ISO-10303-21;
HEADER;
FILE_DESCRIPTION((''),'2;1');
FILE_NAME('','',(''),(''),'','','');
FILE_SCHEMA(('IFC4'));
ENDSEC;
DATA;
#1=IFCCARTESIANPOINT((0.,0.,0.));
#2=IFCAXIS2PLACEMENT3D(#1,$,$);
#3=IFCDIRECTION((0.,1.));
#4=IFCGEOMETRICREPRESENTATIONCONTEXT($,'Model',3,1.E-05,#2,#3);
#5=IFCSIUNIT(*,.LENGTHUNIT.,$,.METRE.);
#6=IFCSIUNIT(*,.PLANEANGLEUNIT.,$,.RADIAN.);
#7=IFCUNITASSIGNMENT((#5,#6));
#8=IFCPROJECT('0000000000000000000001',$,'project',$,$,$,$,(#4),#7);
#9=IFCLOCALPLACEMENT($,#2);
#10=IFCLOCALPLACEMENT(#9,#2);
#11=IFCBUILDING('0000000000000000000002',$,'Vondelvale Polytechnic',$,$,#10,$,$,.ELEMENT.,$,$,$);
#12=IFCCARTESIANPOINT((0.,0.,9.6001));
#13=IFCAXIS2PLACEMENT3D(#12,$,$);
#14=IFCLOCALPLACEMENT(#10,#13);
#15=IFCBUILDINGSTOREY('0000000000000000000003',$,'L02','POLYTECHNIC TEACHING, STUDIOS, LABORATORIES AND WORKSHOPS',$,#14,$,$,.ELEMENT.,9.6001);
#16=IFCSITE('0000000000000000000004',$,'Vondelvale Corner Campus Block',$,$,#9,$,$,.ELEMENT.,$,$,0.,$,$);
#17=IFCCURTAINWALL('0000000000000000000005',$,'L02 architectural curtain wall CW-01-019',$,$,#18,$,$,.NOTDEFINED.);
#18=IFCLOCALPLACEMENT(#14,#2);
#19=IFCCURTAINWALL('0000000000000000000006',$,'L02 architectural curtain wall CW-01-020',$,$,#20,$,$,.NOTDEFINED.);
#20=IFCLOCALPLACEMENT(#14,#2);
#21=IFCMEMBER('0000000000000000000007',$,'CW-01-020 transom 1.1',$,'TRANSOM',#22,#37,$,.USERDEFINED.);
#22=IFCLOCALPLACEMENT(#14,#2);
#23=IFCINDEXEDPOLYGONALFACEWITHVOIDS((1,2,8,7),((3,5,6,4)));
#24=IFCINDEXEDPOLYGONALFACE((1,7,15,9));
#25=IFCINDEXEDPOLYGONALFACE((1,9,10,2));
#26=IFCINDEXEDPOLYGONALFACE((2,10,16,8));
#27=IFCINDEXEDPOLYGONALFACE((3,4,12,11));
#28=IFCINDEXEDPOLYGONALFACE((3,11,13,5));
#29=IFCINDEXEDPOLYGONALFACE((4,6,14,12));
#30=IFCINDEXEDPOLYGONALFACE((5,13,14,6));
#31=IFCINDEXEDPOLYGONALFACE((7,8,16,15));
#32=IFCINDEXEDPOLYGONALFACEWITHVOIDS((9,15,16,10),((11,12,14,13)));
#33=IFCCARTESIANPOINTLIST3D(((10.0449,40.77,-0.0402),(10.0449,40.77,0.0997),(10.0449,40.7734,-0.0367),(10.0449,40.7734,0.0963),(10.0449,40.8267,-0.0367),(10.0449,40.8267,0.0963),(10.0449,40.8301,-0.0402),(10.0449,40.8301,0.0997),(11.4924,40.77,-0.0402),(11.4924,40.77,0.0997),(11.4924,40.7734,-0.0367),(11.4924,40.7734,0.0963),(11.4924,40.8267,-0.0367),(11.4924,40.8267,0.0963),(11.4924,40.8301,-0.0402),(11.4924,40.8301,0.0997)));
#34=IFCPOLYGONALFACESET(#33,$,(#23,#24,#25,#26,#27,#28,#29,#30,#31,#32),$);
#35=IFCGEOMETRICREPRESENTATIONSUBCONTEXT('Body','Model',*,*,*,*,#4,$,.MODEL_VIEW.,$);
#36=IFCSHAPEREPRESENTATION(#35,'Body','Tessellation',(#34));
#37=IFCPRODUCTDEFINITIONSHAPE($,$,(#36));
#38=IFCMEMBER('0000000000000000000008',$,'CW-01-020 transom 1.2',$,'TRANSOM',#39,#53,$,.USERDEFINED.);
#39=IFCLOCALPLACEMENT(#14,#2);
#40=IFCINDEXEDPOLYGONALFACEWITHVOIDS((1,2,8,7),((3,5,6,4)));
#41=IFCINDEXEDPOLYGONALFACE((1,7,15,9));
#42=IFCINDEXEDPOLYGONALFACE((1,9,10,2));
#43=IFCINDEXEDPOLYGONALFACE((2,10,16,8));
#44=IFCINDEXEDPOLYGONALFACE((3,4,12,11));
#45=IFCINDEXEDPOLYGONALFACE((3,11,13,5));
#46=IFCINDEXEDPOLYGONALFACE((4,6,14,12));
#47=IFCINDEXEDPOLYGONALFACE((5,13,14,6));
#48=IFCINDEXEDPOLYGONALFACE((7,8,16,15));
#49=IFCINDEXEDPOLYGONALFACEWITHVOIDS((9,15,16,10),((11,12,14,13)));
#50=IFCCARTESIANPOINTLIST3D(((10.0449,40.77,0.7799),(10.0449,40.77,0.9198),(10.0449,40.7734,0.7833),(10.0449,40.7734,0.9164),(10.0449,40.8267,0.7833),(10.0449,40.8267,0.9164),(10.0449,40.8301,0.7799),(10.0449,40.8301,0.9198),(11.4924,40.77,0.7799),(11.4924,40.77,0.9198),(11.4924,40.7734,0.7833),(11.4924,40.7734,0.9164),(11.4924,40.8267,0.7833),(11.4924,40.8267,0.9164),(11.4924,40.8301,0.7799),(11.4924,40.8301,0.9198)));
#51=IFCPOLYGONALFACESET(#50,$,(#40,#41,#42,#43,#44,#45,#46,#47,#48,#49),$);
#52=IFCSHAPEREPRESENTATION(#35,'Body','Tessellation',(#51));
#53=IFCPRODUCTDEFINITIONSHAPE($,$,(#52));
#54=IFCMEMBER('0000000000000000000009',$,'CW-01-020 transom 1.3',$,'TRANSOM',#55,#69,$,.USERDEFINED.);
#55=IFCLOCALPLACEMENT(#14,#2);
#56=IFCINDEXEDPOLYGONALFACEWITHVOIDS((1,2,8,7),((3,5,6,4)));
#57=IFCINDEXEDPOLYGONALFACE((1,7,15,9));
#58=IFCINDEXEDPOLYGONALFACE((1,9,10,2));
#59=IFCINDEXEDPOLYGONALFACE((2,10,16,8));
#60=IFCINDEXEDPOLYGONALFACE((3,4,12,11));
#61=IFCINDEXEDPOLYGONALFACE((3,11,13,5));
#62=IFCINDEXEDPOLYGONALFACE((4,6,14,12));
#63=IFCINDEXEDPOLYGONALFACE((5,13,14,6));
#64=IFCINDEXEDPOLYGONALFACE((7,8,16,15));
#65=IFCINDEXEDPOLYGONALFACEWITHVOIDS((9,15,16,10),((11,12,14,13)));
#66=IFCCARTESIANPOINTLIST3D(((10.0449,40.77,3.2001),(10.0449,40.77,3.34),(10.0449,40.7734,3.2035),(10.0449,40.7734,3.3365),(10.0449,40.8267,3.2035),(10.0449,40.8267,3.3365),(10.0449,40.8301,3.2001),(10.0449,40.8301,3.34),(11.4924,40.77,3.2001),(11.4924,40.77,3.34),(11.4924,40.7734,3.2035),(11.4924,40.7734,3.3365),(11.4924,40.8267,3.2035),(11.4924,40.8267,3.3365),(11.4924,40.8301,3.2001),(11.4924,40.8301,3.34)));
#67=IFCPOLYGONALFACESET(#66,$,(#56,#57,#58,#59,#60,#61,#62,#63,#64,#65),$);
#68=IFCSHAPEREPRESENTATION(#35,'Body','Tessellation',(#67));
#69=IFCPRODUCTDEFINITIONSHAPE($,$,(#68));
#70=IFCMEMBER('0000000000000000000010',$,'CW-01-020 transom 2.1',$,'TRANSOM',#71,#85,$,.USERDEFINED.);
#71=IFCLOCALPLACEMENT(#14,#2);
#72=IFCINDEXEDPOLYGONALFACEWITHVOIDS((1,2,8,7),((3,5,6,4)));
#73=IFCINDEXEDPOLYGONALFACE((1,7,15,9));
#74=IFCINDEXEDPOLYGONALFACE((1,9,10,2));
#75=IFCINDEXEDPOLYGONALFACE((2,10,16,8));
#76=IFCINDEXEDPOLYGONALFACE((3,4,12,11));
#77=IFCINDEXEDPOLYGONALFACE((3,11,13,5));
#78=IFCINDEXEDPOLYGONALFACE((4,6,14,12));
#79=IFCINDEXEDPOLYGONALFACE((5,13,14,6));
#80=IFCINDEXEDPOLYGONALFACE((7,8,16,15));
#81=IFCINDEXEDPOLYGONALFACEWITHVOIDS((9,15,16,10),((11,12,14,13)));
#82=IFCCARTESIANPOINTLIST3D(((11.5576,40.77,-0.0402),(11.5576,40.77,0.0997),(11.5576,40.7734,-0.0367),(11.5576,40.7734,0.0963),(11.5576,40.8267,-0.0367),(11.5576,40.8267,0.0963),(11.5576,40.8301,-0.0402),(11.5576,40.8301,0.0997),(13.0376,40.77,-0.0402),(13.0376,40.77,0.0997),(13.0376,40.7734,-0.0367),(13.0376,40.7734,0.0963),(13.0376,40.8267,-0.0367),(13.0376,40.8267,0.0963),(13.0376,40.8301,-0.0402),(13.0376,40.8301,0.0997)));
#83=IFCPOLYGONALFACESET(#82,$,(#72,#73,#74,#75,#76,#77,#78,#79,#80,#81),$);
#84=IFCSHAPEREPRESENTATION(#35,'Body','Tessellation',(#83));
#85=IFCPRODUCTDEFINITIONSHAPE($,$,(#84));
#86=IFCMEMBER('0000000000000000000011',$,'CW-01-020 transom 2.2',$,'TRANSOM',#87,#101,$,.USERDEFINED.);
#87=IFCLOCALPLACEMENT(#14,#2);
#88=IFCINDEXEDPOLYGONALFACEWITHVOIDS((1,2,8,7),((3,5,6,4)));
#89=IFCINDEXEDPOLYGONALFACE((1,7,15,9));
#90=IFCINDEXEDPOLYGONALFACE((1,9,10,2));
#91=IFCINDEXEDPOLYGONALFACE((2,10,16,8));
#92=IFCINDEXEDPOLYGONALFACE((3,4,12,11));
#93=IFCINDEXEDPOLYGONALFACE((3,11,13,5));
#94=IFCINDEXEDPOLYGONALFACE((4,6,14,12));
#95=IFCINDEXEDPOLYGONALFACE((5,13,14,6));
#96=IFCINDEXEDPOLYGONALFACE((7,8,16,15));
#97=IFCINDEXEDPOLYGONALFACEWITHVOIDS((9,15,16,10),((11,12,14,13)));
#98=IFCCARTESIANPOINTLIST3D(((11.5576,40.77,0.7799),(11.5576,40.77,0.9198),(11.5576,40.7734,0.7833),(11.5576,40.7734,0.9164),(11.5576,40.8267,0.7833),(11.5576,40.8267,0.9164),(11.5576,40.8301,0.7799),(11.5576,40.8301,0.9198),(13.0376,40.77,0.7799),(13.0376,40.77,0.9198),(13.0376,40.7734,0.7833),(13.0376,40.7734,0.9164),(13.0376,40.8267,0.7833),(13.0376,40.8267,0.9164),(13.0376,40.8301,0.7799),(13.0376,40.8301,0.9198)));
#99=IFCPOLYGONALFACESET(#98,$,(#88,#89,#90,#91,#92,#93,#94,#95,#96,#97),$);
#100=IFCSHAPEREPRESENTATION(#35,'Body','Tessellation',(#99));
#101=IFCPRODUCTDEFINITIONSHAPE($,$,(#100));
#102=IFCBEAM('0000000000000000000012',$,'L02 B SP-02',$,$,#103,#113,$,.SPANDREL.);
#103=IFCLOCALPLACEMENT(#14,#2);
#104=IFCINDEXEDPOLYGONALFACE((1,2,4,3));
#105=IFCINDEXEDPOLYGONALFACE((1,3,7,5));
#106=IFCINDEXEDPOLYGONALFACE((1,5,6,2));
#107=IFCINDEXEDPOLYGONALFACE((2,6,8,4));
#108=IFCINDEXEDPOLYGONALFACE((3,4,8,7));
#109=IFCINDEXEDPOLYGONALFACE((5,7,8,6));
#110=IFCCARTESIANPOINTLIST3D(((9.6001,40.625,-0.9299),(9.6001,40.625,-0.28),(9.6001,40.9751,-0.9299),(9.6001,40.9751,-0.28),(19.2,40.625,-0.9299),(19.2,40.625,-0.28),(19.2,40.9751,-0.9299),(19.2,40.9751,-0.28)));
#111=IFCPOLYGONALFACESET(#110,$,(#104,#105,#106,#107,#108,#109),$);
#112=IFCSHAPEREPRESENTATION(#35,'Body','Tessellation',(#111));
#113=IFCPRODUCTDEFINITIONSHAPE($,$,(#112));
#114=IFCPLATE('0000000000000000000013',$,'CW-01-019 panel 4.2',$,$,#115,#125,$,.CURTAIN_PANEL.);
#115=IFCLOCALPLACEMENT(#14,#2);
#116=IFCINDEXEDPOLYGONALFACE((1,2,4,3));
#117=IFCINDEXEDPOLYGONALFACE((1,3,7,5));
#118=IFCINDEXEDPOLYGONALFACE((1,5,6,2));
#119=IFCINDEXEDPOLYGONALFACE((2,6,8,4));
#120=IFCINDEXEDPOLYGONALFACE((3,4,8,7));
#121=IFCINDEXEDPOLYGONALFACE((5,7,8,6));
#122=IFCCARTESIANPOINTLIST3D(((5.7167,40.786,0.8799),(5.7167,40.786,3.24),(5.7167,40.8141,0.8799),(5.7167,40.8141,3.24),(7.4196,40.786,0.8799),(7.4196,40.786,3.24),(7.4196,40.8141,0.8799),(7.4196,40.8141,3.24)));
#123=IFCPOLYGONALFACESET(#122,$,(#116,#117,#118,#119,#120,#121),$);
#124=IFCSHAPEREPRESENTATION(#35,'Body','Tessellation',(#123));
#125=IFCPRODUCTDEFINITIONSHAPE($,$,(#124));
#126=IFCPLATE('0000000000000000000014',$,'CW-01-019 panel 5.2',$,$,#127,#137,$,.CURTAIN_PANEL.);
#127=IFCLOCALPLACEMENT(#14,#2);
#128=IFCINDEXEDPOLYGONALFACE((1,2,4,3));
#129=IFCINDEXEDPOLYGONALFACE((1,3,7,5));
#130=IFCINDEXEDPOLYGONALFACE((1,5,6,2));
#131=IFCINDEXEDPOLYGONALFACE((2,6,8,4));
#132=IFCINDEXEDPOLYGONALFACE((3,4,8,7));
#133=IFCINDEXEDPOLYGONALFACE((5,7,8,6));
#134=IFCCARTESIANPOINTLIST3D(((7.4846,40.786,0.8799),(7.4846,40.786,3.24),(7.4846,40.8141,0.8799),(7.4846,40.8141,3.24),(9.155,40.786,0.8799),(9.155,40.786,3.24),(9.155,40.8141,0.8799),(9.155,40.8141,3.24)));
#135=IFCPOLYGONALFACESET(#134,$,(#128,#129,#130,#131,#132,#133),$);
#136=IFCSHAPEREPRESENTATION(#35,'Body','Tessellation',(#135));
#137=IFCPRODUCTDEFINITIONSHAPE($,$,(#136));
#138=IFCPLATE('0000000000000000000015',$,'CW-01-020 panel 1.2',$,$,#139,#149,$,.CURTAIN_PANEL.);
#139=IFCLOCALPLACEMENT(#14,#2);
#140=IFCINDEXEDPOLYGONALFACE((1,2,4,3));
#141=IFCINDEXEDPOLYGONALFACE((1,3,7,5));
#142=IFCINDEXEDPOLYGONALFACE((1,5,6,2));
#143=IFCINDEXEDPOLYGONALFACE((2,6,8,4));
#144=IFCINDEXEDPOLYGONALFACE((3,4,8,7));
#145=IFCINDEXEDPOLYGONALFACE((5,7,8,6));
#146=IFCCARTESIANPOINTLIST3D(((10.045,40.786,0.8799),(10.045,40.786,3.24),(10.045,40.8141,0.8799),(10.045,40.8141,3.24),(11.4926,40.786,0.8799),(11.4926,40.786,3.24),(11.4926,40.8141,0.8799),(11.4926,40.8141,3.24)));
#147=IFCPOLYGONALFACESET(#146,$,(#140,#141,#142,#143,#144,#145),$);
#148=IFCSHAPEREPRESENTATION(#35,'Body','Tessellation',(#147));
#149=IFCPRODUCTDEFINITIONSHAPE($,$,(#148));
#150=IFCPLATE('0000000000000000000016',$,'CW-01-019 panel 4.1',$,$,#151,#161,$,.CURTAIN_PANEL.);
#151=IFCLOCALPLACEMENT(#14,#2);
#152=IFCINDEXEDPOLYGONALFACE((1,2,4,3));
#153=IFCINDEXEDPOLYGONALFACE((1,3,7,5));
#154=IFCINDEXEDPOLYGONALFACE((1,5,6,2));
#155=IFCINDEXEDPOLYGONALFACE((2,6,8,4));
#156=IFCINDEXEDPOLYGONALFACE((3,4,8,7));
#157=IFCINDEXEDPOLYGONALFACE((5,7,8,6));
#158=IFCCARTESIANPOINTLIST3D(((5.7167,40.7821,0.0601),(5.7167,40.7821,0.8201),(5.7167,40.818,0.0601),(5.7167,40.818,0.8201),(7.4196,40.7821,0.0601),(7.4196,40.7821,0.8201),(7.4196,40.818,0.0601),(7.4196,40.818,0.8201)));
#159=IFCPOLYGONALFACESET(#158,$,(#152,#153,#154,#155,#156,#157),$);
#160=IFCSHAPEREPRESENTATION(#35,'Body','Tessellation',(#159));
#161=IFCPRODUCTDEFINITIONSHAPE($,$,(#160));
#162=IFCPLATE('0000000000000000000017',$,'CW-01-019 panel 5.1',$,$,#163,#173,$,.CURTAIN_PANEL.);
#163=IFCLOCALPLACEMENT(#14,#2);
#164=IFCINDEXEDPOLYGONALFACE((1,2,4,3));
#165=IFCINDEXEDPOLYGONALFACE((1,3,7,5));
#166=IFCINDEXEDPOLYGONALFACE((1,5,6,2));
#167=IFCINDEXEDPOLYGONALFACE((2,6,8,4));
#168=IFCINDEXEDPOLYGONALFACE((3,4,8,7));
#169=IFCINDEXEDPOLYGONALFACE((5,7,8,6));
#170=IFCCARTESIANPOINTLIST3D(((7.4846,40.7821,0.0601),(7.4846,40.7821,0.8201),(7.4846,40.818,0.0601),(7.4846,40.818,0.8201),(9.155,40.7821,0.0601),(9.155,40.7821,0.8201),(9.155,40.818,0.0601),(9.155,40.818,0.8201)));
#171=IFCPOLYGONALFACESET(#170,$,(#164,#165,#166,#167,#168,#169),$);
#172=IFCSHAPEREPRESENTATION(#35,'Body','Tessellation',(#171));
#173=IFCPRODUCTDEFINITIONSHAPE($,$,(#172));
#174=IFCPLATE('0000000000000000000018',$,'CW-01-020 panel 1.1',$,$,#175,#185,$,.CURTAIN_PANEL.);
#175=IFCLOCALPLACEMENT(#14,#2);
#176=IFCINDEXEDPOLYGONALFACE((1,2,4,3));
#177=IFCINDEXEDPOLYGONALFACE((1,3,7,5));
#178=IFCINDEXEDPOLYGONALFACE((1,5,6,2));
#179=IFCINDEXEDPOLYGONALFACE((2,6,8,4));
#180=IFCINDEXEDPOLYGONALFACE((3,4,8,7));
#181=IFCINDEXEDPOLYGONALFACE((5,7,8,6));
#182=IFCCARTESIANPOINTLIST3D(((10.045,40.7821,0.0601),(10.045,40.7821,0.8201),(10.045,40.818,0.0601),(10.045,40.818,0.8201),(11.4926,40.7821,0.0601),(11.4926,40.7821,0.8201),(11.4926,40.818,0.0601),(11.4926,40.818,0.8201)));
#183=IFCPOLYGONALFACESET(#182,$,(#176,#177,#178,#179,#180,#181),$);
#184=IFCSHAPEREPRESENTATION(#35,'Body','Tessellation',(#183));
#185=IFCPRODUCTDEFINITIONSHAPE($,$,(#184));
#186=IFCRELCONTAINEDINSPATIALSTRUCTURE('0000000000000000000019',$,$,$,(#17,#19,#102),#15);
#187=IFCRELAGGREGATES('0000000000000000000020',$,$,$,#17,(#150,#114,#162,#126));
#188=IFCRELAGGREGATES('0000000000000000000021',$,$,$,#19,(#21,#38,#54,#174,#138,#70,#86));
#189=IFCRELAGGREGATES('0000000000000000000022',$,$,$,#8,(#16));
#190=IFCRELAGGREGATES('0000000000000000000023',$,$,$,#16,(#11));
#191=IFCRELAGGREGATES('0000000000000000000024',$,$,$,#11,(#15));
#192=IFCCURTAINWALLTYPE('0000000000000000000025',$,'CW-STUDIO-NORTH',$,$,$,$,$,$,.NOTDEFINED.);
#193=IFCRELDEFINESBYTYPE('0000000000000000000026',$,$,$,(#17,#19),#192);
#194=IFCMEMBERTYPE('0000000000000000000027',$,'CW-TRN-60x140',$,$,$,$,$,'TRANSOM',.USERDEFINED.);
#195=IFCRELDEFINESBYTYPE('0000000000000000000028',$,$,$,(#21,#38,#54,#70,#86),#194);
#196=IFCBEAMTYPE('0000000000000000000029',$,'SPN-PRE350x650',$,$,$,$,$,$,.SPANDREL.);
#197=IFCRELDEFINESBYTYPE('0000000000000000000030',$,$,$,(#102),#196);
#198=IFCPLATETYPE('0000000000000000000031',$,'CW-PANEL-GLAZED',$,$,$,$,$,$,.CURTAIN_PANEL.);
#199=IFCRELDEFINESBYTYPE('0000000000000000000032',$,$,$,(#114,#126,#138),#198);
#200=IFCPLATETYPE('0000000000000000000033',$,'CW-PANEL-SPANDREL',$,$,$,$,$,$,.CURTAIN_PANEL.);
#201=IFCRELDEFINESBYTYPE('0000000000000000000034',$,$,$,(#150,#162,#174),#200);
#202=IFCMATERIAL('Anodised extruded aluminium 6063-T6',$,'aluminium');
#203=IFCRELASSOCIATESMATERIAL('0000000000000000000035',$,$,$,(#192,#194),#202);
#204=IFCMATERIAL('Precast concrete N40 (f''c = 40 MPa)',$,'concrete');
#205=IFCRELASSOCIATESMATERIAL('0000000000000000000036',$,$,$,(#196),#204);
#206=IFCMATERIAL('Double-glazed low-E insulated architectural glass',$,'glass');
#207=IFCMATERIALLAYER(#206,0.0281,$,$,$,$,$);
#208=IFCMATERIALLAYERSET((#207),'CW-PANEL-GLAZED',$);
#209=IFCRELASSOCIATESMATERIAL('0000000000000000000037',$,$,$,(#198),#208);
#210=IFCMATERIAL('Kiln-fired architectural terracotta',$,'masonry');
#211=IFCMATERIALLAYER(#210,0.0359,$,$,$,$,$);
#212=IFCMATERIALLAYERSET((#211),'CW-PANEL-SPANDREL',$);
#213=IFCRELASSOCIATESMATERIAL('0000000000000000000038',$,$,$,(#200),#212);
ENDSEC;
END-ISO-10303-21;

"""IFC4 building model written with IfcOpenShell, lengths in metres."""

from ifc_helpers import new_model, si_unit, direction, frame, origin, origin_2d, place, context, subcontext, project, spatial, rectangle, hollow_rectangle, extrude, material, layer, layer_set, material_profile, profile_set, type_object, element, aggregate, save


model = new_model("IFC4")

# Units and contexts
model_context = context("Model", 3, precision=1e-05, world=origin(), true_north=direction((0.0, 1.0)))
body_context = subcontext(model_context, "Body", "Model", "MODEL_VIEW")
ifc_project = project(units=[si_unit("LENGTHUNIT", "METRE"), si_unit("PLANEANGLEUNIT", "RADIAN")], contexts=[model_context])

# Site, building, storey
site_placement = place(None, origin())
site = spatial("IfcSite", under=ifc_project, at=site_placement, Name="Vondelvale Corner Campus Block", CompositionType="ELEMENT", RefElevation=0.0)
building_placement = place(site_placement, origin())
building = spatial("IfcBuilding", under=site, at=building_placement, Name="Vondelvale Polytechnic", CompositionType="ELEMENT")
storey_placement = place(building_placement, frame((0.0, 0.0, 9.6001)))
storey = spatial("IfcBuildingStorey", under=building, at=storey_placement, Name="L02", Description="POLYTECHNIC TEACHING, STUDIOS, LABORATORIES AND WORKSHOPS", CompositionType="ELEMENT", Elevation=9.6001)

# Curtain walls
ifc_material_1 = material(Name="Anodised extruded aluminium 6063-T6", Category="aluminium")
curtain_wall_type = type_object("IfcCurtainWallType", Name="CW-STUDIO-NORTH", PredefinedType="NOTDEFINED", material=ifc_material_1)
curtain_wall_1_placement = place(storey_placement, origin())
curtain_wall_1 = element("IfcCurtainWall", 1, at=curtain_wall_1_placement, inside=storey, type_object=curtain_wall_type, Name="L02 architectural curtain wall CW-01-019", PredefinedType="NOTDEFINED")
curtain_wall_2_placement = place(storey_placement, origin())
curtain_wall_2 = element("IfcCurtainWall", 2, at=curtain_wall_2_placement, inside=storey, type_object=curtain_wall_type, Name="L02 architectural curtain wall CW-01-020", PredefinedType="NOTDEFINED")

# Members
ifc_material_profile_1 = material_profile(ifc_material_1, hollow_rectangle(XDim=0.0601, YDim=0.1399, WallThickness=0.0034, at=origin_2d()), Name="CW-TRN-140x60")
ifc_profile_set_1 = profile_set([ifc_material_profile_1], Name="Anodised extruded aluminium 6063-T6")
member_type_1 = type_object("IfcMemberType", Name="CW-TRN-60x140", ElementType="TRANSOM", PredefinedType="USERDEFINED", material=ifc_profile_set_1)
member_1_placement = place(storey_placement, frame((10.0449, 40.8, 0.0298), z_axis=(1.0, 0.0, 0.0), x_axis=(0.0, 1.0, 0.0)))
member_1 = element("IfcMember", 3, at=member_1_placement, type_object=member_type_1, Name="CW-01-020 transom 1.1", ObjectType="TRANSOM", PredefinedType="USERDEFINED", context=body_context, shape_type="SweptSolid", body=[
    extrude(hollow_rectangle(XDim=0.0601, YDim=0.1399, WallThickness=0.0034, at=origin_2d()), origin(), (0.0, 0.0, 1.0), 1.4475),
])
member_2_placement = place(storey_placement, frame((10.0449, 40.8, 0.8499), z_axis=(1.0, 0.0, 0.0), x_axis=(0.0, 1.0, 0.0)))
member_2 = element("IfcMember", 4, at=member_2_placement, type_object=member_type_1, Name="CW-01-020 transom 1.2", ObjectType="TRANSOM", PredefinedType="USERDEFINED", context=body_context, shape_type="SweptSolid", body=[
    extrude(hollow_rectangle(XDim=0.0601, YDim=0.1399, WallThickness=0.0034, at=origin_2d()), origin(), (0.0, 0.0, 1.0), 1.4475),
])
member_3_placement = place(storey_placement, frame((10.0449, 40.8, 3.27), z_axis=(1.0, 0.0, 0.0), x_axis=(0.0, 1.0, 0.0)))
member_3 = element("IfcMember", 5, at=member_3_placement, type_object=member_type_1, Name="CW-01-020 transom 1.3", ObjectType="TRANSOM", PredefinedType="USERDEFINED", context=body_context, shape_type="SweptSolid", body=[
    extrude(hollow_rectangle(XDim=0.0601, YDim=0.1399, WallThickness=0.0034, at=origin_2d()), origin(), (0.0, 0.0, 1.0), 1.4475),
])
member_4_placement = place(storey_placement, frame((11.5576, 40.8, 0.0298), z_axis=(1.0, 0.0, 0.0), x_axis=(0.0, 1.0, 0.0)))
member_4 = element("IfcMember", 6, at=member_4_placement, type_object=member_type_1, Name="CW-01-020 transom 2.1", ObjectType="TRANSOM", PredefinedType="USERDEFINED", context=body_context, shape_type="SweptSolid", body=[
    extrude(hollow_rectangle(XDim=0.0601, YDim=0.1399, WallThickness=0.0034, at=origin_2d()), origin(), (0.0, 0.0, 1.0), 1.48),
])
member_5_placement = place(storey_placement, frame((11.5576, 40.8, 0.8499), z_axis=(1.0, 0.0, 0.0), x_axis=(0.0, 1.0, 0.0)))
member_5 = element("IfcMember", 7, at=member_5_placement, type_object=member_type_1, Name="CW-01-020 transom 2.2", ObjectType="TRANSOM", PredefinedType="USERDEFINED", context=body_context, shape_type="SweptSolid", body=[
    extrude(hollow_rectangle(XDim=0.0601, YDim=0.1399, WallThickness=0.0034, at=origin_2d()), origin(), (0.0, 0.0, 1.0), 1.48),
])

# Beam
ifc_material_2 = material(Name="Precast concrete N40 (f'c = 40 MPa)", Category="concrete")
ifc_material_profile_2 = material_profile(ifc_material_2, rectangle(XDim=0.3501, YDim=0.6499, at=origin_2d()), Name="RC-SPN-350x650")
ifc_profile_set_2 = profile_set([ifc_material_profile_2], Name="Precast concrete N40 (f'c = 40 MPa)")
beam_type = type_object("IfcBeamType", Name="SPN-PRE350x650", PredefinedType="SPANDREL", material=ifc_profile_set_2)
beam_placement = place(storey_placement, frame((9.6001, 40.8, -0.605), z_axis=(1.0, 0.0, 0.0), x_axis=(0.0, 1.0, 0.0)))
element("IfcBeam", 8, at=beam_placement, inside=storey, type_object=beam_type, Name="L02 B SP-02", PredefinedType="SPANDREL", context=body_context, shape_type="SweptSolid", body=[
    extrude(rectangle(XDim=0.3501, YDim=0.6499, at=origin_2d()), origin(), (0.0, 0.0, 1.0), 9.5999),
])

# Plates
ifc_material_3 = material(Name="Double-glazed low-E insulated architectural glass", Category="glass")
ifc_layer_1 = layer(ifc_material_3, 0.0281)
ifc_layer_set_1 = layer_set([ifc_layer_1], Name="CW-PANEL-GLAZED")
plate_type_1 = type_object("IfcPlateType", Name="CW-PANEL-GLAZED", PredefinedType="CURTAIN_PANEL", material=ifc_layer_set_1)
plate_1_placement = place(storey_placement, frame((6.5681, 40.8, 0.8799), z_axis=(0.0, 0.0, 1.0), x_axis=(1.0, 0.0, 0.0)))
plate_1 = element("IfcPlate", 9, at=plate_1_placement, type_object=plate_type_1, Name="CW-01-019 panel 4.2", PredefinedType="CURTAIN_PANEL", context=body_context, shape_type="SweptSolid", body=[
    extrude(rectangle(XDim=1.7029, YDim=0.0281, at=origin_2d()), origin(), (0.0, 0.0, 1.0), 2.3601),
])
plate_2_placement = place(storey_placement, frame((8.3198, 40.8, 0.8799), z_axis=(0.0, 0.0, 1.0), x_axis=(1.0, 0.0, 0.0)))
plate_2 = element("IfcPlate", 10, at=plate_2_placement, type_object=plate_type_1, Name="CW-01-019 panel 5.2", PredefinedType="CURTAIN_PANEL", context=body_context, shape_type="SweptSolid", body=[
    extrude(rectangle(XDim=1.6704, YDim=0.0281, at=origin_2d()), origin(), (0.0, 0.0, 1.0), 2.3601),
])
plate_3_placement = place(storey_placement, frame((10.7688, 40.8, 0.8799), z_axis=(0.0, 0.0, 1.0), x_axis=(1.0, 0.0, 0.0)))
plate_3 = element("IfcPlate", 11, at=plate_3_placement, type_object=plate_type_1, Name="CW-01-020 panel 1.2", PredefinedType="CURTAIN_PANEL", context=body_context, shape_type="SweptSolid", body=[
    extrude(rectangle(XDim=1.4475, YDim=0.0281, at=origin_2d()), origin(), (0.0, 0.0, 1.0), 2.3601),
])
ifc_material_4 = material(Name="Kiln-fired architectural terracotta", Category="masonry")
ifc_layer_2 = layer(ifc_material_4, 0.0359)
ifc_layer_set_2 = layer_set([ifc_layer_2], Name="CW-PANEL-SPANDREL")
plate_type_2 = type_object("IfcPlateType", Name="CW-PANEL-SPANDREL", PredefinedType="CURTAIN_PANEL", material=ifc_layer_set_2)
plate_4_placement = place(storey_placement, frame((6.5681, 40.8, 0.0601), z_axis=(0.0, 0.0, 1.0), x_axis=(1.0, 0.0, 0.0)))
plate_4 = element("IfcPlate", 12, at=plate_4_placement, type_object=plate_type_2, Name="CW-01-019 panel 4.1", PredefinedType="CURTAIN_PANEL", context=body_context, shape_type="SweptSolid", body=[
    extrude(rectangle(XDim=1.7029, YDim=0.0359, at=origin_2d()), origin(), (0.0, 0.0, 1.0), 0.76),
])
plate_5_placement = place(storey_placement, frame((8.3198, 40.8, 0.0601), z_axis=(0.0, 0.0, 1.0), x_axis=(1.0, 0.0, 0.0)))
plate_5 = element("IfcPlate", 13, at=plate_5_placement, type_object=plate_type_2, Name="CW-01-019 panel 5.1", PredefinedType="CURTAIN_PANEL", context=body_context, shape_type="SweptSolid", body=[
    extrude(rectangle(XDim=1.6704, YDim=0.0359, at=origin_2d()), origin(), (0.0, 0.0, 1.0), 0.76),
])
aggregate(curtain_wall_1, [plate_4, plate_1, plate_5, plate_2])
plate_6_placement = place(storey_placement, frame((10.7688, 40.8, 0.0601), z_axis=(0.0, 0.0, 1.0), x_axis=(1.0, 0.0, 0.0)))
plate_6 = element("IfcPlate", 14, at=plate_6_placement, type_object=plate_type_2, Name="CW-01-020 panel 1.1", PredefinedType="CURTAIN_PANEL", context=body_context, shape_type="SweptSolid", body=[
    extrude(rectangle(XDim=1.4475, YDim=0.0359, at=origin_2d()), origin(), (0.0, 0.0, 1.0), 0.76),
])
aggregate(curtain_wall_2, [member_1, member_2, member_3, plate_6, plate_3, member_4, member_5])

save(model, "model.ifc")
